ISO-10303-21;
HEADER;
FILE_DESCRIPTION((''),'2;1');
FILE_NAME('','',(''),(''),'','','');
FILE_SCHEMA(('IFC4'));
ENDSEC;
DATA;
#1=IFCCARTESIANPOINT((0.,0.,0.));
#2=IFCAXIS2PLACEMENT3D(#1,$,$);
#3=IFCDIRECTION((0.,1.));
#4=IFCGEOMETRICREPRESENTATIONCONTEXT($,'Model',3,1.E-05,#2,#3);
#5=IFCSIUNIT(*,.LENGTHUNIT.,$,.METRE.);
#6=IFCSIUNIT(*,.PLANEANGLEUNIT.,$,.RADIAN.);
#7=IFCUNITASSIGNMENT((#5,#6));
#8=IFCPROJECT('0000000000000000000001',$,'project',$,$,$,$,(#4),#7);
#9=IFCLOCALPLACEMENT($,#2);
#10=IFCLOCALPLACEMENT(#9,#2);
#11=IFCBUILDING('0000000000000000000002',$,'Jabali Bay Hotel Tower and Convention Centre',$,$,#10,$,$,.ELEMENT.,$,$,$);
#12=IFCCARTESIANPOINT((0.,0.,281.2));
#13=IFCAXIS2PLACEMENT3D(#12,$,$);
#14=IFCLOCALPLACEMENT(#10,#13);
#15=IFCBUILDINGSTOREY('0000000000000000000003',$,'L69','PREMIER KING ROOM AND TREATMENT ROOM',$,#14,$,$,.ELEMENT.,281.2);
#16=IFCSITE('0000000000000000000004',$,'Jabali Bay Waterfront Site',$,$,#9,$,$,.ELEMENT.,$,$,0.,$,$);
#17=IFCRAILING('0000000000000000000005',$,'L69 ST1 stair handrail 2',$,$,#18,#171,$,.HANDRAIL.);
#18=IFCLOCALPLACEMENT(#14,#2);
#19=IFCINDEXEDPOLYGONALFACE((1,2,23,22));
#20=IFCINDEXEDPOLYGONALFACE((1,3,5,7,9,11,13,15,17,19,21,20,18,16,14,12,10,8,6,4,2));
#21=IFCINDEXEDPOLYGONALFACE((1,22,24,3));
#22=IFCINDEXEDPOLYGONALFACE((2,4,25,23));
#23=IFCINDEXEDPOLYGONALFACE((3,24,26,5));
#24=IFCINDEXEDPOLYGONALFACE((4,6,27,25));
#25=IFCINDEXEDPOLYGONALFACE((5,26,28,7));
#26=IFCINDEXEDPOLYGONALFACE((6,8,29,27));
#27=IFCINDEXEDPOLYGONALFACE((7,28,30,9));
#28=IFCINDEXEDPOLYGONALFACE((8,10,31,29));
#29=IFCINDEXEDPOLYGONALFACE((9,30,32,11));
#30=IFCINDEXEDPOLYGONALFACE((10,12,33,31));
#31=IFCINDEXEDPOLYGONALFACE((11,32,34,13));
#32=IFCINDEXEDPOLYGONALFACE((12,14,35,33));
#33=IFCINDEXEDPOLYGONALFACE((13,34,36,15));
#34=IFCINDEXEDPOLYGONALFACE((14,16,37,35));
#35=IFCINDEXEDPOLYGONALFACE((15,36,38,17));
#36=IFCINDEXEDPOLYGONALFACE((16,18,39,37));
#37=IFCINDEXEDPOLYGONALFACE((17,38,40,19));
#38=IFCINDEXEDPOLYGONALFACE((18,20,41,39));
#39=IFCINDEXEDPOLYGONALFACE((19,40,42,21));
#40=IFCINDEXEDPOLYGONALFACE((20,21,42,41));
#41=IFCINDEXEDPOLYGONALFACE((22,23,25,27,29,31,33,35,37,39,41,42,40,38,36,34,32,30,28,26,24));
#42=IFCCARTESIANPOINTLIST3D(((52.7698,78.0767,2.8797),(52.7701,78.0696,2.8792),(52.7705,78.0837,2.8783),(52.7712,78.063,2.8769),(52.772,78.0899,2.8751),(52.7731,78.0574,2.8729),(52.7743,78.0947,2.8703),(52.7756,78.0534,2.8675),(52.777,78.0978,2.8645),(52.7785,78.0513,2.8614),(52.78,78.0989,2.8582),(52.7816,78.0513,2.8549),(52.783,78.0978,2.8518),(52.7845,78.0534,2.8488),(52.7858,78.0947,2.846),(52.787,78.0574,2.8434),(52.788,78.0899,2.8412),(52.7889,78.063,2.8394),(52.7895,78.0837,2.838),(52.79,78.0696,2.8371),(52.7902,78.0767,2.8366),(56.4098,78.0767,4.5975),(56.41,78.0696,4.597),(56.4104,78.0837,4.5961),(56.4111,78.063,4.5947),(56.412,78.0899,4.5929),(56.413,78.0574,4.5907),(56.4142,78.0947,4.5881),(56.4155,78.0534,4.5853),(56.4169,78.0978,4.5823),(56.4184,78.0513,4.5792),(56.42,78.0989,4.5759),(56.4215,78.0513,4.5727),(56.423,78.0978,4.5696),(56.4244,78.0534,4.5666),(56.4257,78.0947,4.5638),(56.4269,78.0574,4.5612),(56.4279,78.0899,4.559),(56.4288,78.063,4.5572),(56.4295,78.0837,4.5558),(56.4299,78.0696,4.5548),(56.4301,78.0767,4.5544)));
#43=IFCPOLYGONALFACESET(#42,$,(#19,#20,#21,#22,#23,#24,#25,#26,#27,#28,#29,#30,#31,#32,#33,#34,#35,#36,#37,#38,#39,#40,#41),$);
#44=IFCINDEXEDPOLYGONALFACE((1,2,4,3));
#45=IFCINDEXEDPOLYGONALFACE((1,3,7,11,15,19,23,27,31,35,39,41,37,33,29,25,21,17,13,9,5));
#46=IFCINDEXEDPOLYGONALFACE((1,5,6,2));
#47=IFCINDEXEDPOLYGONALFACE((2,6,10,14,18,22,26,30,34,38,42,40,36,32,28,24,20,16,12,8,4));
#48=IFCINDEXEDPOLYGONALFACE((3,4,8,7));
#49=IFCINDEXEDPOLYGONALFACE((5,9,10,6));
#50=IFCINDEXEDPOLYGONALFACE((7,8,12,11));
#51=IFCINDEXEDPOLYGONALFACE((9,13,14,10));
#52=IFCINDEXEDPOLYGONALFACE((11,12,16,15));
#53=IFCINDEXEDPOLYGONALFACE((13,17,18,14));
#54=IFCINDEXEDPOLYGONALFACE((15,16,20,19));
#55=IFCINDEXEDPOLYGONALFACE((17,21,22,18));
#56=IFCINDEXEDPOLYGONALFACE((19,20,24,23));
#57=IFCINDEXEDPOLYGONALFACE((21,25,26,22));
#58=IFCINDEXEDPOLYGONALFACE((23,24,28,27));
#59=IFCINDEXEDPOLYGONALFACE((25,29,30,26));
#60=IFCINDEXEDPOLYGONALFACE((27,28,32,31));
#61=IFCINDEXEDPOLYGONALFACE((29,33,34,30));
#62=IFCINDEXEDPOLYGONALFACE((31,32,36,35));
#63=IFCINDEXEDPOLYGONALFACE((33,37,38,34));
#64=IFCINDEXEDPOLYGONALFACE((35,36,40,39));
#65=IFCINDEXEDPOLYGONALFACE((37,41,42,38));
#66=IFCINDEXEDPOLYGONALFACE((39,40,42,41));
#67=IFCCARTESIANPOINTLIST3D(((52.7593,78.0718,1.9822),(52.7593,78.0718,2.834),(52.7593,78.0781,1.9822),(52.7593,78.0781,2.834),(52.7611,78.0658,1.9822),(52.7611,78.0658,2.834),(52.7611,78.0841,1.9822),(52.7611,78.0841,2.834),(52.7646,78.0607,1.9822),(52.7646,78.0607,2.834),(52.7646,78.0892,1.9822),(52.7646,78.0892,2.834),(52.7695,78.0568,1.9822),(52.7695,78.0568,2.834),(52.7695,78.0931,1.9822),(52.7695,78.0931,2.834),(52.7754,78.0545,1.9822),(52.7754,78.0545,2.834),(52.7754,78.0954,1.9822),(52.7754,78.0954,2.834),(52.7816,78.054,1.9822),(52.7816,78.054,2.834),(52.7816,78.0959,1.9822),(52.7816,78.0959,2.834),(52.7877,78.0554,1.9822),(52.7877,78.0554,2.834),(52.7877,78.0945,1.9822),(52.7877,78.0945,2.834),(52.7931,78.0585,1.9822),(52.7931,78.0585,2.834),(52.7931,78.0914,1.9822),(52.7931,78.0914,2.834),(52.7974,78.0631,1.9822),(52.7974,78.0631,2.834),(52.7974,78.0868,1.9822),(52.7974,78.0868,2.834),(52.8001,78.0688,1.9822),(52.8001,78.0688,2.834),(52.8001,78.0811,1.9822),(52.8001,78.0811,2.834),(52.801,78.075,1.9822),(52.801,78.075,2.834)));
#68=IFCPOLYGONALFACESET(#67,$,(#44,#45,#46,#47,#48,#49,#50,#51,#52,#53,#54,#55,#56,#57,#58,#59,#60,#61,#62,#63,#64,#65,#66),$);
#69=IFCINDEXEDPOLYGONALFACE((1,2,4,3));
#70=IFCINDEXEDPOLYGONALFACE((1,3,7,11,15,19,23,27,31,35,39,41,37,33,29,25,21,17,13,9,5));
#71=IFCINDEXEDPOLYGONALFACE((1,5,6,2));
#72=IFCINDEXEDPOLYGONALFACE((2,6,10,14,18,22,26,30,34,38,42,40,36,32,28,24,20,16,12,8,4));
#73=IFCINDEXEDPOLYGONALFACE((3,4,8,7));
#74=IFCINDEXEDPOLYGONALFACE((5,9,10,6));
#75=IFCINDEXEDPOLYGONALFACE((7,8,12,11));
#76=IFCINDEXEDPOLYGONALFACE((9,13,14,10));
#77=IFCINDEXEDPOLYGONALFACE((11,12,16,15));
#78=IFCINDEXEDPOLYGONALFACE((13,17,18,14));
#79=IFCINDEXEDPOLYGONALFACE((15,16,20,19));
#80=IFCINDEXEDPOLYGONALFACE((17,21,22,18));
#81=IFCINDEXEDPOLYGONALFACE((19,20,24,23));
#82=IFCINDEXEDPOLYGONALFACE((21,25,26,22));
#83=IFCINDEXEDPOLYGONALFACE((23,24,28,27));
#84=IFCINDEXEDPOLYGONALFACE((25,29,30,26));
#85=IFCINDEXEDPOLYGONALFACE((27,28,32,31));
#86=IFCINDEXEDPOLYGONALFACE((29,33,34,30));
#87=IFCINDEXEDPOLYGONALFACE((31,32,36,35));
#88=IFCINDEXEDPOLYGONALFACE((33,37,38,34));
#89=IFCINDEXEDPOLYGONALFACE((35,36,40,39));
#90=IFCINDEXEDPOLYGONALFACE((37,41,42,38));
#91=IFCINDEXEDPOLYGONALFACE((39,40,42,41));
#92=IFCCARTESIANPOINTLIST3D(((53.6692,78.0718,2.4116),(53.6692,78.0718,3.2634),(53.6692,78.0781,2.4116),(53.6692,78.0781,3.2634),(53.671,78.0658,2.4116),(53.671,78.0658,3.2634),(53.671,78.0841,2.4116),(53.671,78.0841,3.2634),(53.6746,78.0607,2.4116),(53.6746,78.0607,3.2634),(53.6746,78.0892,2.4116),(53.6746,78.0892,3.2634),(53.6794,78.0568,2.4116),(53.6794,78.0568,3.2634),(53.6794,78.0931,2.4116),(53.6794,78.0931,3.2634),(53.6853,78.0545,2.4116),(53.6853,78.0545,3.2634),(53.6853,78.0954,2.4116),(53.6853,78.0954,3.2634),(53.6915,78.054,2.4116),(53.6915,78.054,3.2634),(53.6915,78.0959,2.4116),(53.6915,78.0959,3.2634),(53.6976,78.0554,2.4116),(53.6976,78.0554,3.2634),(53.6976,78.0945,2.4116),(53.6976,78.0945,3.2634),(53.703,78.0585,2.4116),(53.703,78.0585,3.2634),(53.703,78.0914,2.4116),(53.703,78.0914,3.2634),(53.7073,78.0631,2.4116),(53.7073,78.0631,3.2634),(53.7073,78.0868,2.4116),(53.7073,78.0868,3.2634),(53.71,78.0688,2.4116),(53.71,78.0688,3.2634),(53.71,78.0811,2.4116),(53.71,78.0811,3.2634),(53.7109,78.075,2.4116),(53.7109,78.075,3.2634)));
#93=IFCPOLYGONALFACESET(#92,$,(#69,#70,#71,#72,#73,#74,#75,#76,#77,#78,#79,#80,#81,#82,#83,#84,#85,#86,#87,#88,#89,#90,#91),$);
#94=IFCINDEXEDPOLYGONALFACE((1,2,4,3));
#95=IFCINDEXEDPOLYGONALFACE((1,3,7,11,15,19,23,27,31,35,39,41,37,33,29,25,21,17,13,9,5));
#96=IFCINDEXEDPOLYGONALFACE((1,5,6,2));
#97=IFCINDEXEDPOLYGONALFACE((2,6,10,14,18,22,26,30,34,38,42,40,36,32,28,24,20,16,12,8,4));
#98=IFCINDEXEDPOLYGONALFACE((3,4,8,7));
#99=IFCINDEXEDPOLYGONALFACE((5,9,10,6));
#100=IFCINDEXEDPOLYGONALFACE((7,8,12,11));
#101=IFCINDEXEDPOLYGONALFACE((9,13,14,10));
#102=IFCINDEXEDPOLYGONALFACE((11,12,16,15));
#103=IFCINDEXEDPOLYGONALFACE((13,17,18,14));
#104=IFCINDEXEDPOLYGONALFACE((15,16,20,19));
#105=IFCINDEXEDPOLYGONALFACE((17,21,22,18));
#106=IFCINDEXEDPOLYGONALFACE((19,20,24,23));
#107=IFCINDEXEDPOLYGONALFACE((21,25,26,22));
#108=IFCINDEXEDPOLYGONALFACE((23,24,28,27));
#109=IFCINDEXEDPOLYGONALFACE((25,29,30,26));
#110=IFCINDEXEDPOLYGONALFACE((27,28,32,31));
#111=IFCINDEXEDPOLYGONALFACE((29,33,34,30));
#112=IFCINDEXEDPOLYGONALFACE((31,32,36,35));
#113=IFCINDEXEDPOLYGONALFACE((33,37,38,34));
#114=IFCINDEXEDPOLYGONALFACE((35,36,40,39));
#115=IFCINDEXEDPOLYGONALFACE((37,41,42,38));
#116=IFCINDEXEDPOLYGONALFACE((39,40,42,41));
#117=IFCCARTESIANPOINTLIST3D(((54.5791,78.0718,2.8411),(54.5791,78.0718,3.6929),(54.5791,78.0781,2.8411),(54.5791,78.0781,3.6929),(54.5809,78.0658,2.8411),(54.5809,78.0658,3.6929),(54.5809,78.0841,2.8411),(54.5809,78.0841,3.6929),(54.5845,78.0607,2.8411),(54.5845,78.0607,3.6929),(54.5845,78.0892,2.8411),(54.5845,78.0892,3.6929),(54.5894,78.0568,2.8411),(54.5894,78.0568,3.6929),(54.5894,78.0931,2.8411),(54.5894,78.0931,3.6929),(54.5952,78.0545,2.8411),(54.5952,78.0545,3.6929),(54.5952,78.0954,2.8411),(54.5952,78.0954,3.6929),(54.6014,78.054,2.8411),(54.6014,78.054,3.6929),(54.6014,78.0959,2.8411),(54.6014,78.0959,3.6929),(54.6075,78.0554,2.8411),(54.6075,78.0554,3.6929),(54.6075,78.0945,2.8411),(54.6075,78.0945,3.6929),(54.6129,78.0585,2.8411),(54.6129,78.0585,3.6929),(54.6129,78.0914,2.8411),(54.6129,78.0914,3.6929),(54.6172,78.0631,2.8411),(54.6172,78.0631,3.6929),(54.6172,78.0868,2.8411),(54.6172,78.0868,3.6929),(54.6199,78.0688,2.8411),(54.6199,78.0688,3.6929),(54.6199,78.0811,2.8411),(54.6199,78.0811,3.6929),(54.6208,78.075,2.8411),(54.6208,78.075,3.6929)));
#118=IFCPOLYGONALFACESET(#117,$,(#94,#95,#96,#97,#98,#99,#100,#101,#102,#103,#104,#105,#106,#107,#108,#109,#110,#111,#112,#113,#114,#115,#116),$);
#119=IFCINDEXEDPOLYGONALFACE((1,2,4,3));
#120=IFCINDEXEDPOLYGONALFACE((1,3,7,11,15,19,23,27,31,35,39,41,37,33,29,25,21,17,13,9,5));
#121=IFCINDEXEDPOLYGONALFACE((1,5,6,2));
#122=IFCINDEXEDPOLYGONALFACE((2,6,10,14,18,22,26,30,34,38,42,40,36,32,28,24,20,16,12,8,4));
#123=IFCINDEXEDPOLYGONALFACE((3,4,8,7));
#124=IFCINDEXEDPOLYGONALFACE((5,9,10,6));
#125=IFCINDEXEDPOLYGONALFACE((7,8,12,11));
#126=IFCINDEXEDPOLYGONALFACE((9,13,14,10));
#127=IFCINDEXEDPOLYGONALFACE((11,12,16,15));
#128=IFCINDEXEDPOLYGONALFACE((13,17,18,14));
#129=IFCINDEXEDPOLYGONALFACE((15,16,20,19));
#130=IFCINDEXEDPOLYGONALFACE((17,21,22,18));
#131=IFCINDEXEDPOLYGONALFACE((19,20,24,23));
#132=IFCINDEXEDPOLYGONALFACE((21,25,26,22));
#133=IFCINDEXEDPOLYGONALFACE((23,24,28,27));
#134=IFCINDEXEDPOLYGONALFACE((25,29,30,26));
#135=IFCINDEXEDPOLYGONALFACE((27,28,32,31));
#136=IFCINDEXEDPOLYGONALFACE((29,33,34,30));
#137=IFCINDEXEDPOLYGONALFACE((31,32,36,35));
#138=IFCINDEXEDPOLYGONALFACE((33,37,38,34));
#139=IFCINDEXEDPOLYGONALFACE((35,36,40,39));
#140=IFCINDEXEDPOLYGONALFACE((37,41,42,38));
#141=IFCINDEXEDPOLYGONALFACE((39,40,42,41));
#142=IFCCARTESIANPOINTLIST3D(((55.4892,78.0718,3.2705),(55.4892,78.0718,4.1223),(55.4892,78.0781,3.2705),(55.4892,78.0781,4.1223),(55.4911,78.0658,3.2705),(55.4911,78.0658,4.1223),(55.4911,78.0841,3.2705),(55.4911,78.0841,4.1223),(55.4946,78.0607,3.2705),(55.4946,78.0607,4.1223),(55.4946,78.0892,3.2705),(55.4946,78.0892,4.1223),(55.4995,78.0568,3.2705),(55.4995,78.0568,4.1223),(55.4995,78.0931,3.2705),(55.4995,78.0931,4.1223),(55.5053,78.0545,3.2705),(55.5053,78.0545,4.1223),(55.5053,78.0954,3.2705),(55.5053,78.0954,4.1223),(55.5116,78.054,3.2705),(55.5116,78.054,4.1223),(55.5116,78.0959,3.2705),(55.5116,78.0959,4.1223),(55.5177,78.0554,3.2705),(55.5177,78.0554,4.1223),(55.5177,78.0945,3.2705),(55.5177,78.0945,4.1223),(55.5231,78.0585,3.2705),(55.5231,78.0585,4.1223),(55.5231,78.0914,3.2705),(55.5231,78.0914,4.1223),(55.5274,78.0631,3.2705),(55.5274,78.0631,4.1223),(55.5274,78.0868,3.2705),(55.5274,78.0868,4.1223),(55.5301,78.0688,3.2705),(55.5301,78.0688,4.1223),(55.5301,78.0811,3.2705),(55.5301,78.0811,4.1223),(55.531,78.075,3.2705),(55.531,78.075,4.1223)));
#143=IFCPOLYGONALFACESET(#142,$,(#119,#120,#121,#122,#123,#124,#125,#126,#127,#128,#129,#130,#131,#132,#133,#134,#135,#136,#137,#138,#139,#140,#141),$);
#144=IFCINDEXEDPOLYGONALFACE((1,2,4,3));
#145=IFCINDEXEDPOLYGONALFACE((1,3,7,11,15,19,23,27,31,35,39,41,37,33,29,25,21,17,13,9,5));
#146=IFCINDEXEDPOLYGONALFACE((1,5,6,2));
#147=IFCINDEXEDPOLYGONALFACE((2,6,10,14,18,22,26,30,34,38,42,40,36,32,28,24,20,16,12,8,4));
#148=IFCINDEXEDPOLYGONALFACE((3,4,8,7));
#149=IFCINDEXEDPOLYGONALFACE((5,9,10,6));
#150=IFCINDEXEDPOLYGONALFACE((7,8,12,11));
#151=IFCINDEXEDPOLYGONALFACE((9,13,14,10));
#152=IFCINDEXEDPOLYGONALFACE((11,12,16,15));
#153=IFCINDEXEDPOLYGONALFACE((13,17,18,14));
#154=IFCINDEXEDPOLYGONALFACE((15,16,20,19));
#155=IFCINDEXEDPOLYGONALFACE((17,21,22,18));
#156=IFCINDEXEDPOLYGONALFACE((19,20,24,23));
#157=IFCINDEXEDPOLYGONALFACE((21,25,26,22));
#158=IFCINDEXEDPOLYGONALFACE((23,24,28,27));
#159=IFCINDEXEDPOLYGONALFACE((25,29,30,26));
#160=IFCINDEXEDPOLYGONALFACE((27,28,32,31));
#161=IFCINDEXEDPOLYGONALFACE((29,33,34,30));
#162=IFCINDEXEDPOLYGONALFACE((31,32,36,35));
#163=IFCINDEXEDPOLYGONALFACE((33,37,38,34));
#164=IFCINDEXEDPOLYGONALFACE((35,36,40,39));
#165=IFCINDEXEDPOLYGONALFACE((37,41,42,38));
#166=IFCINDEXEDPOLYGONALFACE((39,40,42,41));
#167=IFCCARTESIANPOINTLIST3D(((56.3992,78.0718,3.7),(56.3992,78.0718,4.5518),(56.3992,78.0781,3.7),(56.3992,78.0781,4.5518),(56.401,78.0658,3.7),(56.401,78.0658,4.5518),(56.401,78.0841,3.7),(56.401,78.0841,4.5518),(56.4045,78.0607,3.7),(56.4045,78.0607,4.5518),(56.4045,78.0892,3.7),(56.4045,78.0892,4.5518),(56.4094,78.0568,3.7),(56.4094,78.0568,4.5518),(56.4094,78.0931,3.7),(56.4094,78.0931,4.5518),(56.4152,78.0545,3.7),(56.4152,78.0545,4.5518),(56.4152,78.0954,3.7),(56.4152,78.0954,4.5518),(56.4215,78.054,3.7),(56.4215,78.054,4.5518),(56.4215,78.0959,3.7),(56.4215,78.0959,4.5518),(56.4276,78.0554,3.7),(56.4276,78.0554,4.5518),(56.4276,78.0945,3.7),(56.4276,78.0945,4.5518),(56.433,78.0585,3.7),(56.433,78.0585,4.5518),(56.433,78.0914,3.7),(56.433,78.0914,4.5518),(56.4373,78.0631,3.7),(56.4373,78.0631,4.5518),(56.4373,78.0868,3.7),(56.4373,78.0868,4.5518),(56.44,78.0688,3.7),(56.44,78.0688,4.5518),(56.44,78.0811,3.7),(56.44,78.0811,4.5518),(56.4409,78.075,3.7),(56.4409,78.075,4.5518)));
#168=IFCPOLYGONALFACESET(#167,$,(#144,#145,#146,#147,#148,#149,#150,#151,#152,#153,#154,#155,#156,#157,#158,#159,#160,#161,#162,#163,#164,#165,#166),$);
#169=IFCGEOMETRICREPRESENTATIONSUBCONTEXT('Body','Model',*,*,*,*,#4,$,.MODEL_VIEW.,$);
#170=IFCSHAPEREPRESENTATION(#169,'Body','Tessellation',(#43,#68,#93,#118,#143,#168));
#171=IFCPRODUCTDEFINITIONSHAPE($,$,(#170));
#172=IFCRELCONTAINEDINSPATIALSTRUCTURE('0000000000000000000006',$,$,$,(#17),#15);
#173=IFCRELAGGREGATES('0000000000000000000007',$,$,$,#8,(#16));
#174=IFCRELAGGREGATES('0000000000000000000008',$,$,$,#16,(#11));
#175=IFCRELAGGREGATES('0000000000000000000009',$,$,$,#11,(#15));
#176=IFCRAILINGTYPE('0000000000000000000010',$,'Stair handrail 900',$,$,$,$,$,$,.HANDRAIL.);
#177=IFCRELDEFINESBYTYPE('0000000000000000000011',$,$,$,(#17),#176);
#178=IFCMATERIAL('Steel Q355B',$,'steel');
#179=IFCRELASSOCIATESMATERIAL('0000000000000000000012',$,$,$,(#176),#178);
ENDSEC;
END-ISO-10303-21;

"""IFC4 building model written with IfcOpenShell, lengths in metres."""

from ifc_helpers import new_model, si_unit, direction, frame, origin, origin_2d, place, context, subcontext, project, spatial, circle, extrude, material, type_object, element, save


model = new_model("IFC4")

# Units and contexts
model_context = context("Model", 3, precision=1e-05, world=origin(), true_north=direction((0.0, 1.0)))
body_context = subcontext(model_context, "Body", "Model", "MODEL_VIEW")
ifc_project = project(units=[si_unit("LENGTHUNIT", "METRE"), si_unit("PLANEANGLEUNIT", "RADIAN")], contexts=[model_context])

# Site, building, storey
site_placement = place(None, origin())
site = spatial("IfcSite", under=ifc_project, at=site_placement, Name="Jabali Bay Waterfront Site", CompositionType="ELEMENT", RefElevation=0.0)
building_placement = place(site_placement, origin())
building = spatial("IfcBuilding", under=site, at=building_placement, Name="Jabali Bay Hotel Tower and Convention Centre", CompositionType="ELEMENT")
storey_placement = place(building_placement, frame((0.0, 0.0, 281.2)))
storey = spatial("IfcBuildingStorey", under=building, at=storey_placement, Name="L69", Description="PREMIER KING ROOM AND TREATMENT ROOM", CompositionType="ELEMENT", Elevation=281.2)

# Railing
ifc_material_1 = material(Name="Steel Q355B", Category="steel")
railing_type = type_object("IfcRailingType", Name="Stair handrail 900", PredefinedType="HANDRAIL", material=ifc_material_1)
railing_placement = place(storey_placement, frame((52.78, 78.075, 1.9822)))
element("IfcRailing", 1, at=railing_placement, inside=storey, type_object=railing_type, Name="L69 ST1 stair handrail 2", PredefinedType="HANDRAIL", context=body_context, shape_type="SweptSolid", body=[
    extrude(circle(Radius=0.0239, at=origin_2d()), frame((0.0, 0.0, 0.876), z_axis=(0.904351, 0.0, 0.42679), x_axis=(0.0, 1.0, 0.0)), (0.0, 0.0, 1.0), 4.0249),
    extrude(circle(Radius=0.021, at=origin_2d()), origin(), (0.0, 0.0, 1.0), 0.8518),
    extrude(circle(Radius=0.021, at=origin_2d()), frame((0.9099, 0.0, 0.4294)), (0.0, 0.0, 1.0), 0.8518),
    extrude(circle(Radius=0.021, at=origin_2d()), frame((1.8198, 0.0, 0.8589)), (0.0, 0.0, 1.0), 0.8518),
    extrude(circle(Radius=0.021, at=origin_2d()), frame((2.73, 0.0, 1.2883)), (0.0, 0.0, 1.0), 0.8518),
    extrude(circle(Radius=0.021, at=origin_2d()), frame((3.6399, 0.0, 1.7178)), (0.0, 0.0, 1.0), 0.8518),
])

save(model, "model.ifc")
